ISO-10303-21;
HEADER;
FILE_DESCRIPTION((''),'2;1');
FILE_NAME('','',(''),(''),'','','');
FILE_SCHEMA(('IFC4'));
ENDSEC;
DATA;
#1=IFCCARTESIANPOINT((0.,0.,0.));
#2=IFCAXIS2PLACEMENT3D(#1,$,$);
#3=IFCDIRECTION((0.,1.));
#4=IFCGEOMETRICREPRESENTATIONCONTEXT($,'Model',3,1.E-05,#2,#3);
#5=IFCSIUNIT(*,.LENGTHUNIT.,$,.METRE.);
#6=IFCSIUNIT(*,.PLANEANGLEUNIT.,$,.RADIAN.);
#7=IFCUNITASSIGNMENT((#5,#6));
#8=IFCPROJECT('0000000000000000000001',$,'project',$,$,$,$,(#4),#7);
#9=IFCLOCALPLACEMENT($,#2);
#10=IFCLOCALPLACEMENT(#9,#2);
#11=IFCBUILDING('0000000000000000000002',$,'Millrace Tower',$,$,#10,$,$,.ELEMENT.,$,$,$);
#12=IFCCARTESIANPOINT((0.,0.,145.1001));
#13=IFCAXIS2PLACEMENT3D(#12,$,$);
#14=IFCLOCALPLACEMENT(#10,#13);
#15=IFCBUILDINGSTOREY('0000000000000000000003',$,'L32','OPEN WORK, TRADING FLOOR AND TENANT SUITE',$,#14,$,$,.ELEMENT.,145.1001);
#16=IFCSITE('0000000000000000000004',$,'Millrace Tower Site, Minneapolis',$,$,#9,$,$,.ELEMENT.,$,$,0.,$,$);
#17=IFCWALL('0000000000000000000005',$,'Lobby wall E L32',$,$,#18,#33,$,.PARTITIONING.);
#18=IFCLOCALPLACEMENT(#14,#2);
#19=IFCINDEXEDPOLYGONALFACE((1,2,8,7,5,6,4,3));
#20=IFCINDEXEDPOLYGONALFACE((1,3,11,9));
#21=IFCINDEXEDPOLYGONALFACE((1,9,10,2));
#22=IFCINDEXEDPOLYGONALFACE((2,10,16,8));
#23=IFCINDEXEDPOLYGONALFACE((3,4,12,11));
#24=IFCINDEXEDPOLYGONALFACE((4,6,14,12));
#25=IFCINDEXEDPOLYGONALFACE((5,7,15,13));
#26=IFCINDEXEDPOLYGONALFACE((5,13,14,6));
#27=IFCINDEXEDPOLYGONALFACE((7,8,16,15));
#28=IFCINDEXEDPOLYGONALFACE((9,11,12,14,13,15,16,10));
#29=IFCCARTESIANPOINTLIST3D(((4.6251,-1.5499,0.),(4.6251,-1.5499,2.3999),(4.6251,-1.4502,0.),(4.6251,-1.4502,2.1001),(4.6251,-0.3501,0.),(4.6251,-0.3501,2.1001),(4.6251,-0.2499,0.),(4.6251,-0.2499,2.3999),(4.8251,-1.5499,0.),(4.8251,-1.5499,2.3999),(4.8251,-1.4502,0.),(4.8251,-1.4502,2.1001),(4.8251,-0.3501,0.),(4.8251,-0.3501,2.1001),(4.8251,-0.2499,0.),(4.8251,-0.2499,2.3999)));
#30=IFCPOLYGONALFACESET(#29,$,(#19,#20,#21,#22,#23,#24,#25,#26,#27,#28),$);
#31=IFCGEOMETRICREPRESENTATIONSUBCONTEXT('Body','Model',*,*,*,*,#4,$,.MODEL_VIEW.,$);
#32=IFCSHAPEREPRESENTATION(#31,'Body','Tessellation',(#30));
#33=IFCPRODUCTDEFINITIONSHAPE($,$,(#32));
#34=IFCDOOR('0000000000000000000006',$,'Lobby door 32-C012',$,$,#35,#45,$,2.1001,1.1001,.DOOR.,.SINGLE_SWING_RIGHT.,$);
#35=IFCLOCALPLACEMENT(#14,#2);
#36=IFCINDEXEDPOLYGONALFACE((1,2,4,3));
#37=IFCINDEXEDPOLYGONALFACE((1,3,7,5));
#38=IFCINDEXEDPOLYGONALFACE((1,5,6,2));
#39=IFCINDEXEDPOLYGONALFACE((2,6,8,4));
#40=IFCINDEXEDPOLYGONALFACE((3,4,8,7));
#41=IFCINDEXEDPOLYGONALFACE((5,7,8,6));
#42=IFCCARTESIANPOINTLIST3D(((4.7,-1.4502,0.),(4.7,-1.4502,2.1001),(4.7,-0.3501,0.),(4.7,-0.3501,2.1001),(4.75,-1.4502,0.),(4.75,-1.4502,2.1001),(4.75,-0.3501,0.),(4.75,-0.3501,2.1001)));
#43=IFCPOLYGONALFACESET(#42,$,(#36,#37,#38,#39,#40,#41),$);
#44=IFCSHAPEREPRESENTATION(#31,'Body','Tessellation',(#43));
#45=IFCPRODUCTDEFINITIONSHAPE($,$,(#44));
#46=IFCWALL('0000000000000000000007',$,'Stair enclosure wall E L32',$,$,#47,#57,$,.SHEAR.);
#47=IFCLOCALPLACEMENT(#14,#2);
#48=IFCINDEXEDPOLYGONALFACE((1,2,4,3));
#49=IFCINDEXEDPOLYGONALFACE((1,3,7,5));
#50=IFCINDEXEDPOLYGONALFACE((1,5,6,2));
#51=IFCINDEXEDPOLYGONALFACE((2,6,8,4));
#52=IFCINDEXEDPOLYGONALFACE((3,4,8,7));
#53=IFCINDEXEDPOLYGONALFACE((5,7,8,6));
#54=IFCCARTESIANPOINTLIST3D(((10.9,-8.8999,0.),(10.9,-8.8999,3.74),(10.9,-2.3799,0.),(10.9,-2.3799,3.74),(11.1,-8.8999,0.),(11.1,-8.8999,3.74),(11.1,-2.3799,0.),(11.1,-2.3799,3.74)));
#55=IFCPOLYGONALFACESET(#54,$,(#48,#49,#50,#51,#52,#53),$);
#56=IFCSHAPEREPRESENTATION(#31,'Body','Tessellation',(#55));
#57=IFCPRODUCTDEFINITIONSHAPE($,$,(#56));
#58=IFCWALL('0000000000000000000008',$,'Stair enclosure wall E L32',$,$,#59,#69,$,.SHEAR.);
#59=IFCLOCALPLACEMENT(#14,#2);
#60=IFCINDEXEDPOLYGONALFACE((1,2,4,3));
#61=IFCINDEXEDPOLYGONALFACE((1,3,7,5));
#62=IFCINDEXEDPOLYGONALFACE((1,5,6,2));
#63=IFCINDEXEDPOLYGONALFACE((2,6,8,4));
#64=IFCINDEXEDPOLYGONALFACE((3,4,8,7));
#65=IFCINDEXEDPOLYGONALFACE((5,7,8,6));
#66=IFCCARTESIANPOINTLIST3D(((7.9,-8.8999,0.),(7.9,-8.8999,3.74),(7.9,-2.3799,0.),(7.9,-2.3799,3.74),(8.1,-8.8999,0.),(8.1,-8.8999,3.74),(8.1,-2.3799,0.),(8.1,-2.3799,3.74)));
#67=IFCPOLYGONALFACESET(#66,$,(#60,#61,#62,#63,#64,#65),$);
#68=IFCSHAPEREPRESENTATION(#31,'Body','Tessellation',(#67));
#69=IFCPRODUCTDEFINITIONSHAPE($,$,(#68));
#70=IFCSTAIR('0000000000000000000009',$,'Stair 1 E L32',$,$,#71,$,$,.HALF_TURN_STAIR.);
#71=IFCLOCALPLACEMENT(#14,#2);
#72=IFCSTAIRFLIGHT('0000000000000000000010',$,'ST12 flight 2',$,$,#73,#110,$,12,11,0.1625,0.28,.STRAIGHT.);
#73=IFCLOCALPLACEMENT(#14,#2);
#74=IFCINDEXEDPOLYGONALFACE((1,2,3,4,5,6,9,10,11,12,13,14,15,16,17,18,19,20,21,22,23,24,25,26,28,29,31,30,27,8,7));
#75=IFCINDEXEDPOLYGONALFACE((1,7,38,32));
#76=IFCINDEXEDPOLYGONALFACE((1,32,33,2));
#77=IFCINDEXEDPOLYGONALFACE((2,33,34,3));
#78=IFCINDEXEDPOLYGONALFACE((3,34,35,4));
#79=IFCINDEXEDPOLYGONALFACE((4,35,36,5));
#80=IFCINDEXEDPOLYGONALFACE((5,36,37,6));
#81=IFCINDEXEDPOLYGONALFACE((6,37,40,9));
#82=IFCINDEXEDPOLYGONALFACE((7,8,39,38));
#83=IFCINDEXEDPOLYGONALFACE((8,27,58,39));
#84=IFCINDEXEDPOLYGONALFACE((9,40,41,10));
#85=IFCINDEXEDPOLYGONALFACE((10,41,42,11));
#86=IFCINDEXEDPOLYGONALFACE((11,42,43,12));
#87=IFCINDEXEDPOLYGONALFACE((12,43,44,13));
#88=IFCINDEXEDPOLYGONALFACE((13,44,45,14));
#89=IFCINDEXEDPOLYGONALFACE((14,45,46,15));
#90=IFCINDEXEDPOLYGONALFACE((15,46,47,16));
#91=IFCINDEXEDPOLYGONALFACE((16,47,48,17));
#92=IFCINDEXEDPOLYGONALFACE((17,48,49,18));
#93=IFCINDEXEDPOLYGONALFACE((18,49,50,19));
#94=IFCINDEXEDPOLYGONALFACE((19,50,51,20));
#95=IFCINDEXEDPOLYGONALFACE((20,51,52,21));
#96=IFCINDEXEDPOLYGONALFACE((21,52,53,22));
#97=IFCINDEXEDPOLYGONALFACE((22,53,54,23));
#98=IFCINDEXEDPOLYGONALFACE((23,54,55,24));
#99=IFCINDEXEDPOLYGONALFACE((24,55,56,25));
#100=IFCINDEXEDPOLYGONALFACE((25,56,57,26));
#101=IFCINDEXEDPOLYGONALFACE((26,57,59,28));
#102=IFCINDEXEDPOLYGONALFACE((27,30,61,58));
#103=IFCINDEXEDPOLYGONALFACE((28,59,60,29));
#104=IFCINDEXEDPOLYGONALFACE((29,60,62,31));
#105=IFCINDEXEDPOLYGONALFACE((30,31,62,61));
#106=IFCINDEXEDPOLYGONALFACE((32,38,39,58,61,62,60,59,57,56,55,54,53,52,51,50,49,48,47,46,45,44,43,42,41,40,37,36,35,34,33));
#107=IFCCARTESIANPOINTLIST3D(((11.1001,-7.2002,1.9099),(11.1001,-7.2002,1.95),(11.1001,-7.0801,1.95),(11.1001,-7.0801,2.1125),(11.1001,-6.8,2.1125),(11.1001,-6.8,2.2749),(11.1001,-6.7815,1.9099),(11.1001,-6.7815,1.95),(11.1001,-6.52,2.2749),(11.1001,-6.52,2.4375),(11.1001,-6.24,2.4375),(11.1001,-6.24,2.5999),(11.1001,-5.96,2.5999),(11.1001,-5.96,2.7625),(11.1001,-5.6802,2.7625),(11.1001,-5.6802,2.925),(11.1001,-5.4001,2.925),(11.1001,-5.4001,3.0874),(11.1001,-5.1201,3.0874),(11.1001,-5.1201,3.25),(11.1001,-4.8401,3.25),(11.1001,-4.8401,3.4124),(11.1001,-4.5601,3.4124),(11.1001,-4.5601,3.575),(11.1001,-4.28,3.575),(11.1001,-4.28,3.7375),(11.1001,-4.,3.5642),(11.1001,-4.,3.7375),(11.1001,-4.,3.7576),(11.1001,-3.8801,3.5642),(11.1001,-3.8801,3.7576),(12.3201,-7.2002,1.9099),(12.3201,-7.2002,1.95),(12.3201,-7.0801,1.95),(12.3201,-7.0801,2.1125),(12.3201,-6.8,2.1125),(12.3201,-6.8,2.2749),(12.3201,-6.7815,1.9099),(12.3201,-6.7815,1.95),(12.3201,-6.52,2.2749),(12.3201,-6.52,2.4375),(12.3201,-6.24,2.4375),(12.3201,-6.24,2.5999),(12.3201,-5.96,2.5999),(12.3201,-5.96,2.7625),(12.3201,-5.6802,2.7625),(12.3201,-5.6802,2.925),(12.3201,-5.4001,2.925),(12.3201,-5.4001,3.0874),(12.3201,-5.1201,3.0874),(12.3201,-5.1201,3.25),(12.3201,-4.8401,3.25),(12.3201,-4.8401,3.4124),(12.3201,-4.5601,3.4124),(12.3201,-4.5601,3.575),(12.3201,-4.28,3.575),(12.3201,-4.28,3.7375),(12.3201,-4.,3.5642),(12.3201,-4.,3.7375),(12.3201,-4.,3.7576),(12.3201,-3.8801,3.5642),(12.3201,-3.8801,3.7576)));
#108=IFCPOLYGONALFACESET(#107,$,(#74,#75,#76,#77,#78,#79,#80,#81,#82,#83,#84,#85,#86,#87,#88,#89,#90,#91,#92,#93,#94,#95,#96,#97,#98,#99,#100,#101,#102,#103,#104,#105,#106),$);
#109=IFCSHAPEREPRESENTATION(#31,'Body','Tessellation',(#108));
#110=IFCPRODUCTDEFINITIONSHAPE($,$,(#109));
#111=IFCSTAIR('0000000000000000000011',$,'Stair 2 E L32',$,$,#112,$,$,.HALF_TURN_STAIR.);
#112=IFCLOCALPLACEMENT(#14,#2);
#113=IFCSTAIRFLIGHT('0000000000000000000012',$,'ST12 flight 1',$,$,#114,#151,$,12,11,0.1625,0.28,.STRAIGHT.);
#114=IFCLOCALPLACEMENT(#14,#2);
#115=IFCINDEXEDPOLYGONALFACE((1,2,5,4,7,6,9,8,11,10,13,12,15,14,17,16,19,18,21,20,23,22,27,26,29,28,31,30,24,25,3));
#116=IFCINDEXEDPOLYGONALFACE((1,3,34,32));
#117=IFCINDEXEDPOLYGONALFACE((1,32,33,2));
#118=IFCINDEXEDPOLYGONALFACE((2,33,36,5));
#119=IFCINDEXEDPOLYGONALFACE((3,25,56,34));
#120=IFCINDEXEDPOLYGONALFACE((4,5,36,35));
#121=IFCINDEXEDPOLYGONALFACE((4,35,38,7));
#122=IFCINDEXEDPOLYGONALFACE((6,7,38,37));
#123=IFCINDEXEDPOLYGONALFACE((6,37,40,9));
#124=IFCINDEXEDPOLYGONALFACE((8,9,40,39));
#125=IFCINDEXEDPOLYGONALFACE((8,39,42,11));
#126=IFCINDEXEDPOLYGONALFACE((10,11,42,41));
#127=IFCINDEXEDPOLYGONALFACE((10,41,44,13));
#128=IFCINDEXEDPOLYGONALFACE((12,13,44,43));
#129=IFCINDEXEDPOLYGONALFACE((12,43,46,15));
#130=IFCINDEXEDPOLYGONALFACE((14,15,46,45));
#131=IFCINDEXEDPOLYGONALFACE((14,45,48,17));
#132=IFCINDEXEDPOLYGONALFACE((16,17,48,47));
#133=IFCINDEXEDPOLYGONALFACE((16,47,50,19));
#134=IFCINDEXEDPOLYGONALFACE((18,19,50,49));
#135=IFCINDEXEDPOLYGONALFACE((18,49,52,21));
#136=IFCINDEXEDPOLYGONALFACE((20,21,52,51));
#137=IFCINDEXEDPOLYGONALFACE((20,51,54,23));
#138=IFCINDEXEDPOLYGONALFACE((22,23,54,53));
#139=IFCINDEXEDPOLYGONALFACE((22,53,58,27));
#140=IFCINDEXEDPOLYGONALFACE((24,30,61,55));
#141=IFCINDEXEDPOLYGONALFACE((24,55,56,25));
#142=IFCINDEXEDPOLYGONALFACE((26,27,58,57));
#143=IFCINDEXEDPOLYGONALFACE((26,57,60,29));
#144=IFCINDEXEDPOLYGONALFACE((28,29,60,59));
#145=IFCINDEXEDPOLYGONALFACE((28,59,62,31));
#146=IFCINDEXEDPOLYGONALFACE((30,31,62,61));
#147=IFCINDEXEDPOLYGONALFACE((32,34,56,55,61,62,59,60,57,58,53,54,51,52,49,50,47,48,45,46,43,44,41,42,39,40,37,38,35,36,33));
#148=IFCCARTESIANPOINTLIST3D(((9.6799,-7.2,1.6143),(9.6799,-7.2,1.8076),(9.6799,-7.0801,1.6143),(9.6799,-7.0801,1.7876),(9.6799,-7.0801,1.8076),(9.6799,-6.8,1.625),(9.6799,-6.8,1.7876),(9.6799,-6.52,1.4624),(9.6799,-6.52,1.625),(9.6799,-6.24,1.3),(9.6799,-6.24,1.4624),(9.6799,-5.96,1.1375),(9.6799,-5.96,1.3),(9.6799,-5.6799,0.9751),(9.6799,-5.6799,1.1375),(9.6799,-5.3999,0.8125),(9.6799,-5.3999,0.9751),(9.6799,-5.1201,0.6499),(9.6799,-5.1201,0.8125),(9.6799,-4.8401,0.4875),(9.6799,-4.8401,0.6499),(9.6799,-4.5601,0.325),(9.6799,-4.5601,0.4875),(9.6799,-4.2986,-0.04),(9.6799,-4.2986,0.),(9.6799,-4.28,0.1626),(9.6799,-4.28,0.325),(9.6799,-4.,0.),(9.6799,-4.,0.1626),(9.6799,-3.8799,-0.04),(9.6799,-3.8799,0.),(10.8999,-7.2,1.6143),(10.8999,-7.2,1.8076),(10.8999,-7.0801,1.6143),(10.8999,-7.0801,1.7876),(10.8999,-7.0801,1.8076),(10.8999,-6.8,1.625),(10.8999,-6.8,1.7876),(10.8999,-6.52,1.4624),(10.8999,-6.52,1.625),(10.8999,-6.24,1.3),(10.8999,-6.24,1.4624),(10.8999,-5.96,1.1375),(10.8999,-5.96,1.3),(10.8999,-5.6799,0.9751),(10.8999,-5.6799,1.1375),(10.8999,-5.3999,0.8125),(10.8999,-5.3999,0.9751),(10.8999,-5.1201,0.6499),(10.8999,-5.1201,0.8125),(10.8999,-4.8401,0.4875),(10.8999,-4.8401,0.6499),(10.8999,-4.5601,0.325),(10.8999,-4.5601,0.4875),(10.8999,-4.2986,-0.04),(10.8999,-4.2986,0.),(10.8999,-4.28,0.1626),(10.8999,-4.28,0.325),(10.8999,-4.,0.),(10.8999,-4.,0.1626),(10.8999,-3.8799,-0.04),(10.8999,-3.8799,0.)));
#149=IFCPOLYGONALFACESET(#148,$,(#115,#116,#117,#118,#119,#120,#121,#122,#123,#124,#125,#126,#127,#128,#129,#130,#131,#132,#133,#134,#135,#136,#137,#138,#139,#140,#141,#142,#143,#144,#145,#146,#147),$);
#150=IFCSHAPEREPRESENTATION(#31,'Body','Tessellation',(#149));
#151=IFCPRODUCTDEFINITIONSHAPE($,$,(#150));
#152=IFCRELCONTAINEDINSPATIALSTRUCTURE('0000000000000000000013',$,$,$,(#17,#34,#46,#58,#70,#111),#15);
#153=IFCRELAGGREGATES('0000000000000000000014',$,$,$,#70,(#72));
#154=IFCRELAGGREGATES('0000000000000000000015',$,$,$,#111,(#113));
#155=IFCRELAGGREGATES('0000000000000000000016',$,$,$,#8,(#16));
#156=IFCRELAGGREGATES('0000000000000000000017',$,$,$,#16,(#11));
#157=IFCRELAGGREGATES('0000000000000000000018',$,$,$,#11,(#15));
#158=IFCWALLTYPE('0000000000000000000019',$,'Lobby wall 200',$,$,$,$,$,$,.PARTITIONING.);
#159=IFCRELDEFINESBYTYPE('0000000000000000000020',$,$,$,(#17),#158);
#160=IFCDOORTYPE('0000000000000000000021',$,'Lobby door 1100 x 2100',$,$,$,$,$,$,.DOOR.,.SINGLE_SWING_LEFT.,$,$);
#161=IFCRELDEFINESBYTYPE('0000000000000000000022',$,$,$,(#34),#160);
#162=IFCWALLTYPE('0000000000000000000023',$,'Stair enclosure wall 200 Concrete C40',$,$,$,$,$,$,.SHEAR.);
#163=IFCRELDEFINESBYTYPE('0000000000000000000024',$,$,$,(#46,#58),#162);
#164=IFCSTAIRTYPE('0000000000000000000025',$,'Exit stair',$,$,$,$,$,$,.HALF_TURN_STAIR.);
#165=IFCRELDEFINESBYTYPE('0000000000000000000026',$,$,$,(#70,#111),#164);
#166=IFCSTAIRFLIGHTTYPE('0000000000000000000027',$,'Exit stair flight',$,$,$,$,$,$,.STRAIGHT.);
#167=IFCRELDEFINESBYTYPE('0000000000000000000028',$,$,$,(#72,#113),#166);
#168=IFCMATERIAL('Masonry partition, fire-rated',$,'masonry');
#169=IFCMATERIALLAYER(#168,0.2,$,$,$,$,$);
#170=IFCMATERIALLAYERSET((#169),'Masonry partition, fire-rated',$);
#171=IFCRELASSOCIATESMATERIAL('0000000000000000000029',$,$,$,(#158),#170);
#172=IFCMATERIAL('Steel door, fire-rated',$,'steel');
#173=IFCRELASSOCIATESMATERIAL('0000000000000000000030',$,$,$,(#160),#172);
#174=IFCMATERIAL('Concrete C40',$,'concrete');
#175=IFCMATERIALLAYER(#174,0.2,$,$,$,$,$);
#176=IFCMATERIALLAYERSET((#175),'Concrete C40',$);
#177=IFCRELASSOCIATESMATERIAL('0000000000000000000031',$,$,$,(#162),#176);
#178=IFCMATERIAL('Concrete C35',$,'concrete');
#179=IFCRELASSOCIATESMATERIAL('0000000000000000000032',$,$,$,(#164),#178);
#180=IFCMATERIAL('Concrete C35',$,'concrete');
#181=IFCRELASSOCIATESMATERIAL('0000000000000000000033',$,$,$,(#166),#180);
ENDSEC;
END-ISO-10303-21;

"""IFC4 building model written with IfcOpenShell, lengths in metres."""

from ifc_helpers import new_model, si_unit, direction, frame, frame_2d, origin, place, context, subcontext, project, spatial, polyline, rectangle, outline, extrude, material, layer, layer_set, type_object, element, fill, aggregate, save


model = new_model("IFC4")

# Units and contexts
model_context = context("Model", 3, precision=1e-05, world=origin(), true_north=direction((0.0, 1.0)))
body_context = subcontext(model_context, "Body", "Model", "MODEL_VIEW")
ifc_project = project(units=[si_unit("LENGTHUNIT", "METRE"), si_unit("PLANEANGLEUNIT", "RADIAN")], contexts=[model_context])

# Site, building, storey
site_placement = place(None, origin())
site = spatial("IfcSite", under=ifc_project, at=site_placement, Name="Millrace Tower Site, Minneapolis", CompositionType="ELEMENT", RefElevation=0.0)
building_placement = place(site_placement, origin())
building = spatial("IfcBuilding", under=site, at=building_placement, Name="Millrace Tower", CompositionType="ELEMENT")
storey_placement = place(building_placement, frame((0.0, 0.0, 145.1001)))
storey = spatial("IfcBuildingStorey", under=building, at=storey_placement, Name="L32", Description="OPEN WORK, TRADING FLOOR AND TENANT SUITE", CompositionType="ELEMENT", Elevation=145.1001)

# Shared definitions
placement_1 = place(storey_placement, origin())

# Wall, opening, door
ifc_material_1 = material(Name="Masonry partition, fire-rated", Category="masonry")
ifc_layer_1 = layer(ifc_material_1, 0.2)
ifc_layer_set_1 = layer_set([ifc_layer_1], Name="Masonry partition, fire-rated")
wall_type_1 = type_object("IfcWallType", Name="Lobby wall 200", PredefinedType="PARTITIONING", material=ifc_layer_set_1)
wall_1_placement = place(storey_placement, frame((4.7251, -0.25, 0.0), z_axis=(0.0, 0.0, 1.0), x_axis=(0.0, -1.0, 0.0)))
wall_1 = element("IfcWall", 1, at=wall_1_placement, inside=storey, type_object=wall_type_1, Name="Lobby wall E L32", PredefinedType="PARTITIONING", context=body_context, shape_type="SweptSolid", body=[
    extrude(rectangle(XDim=1.3, YDim=0.2, at=frame_2d((0.6499, 0.0))), origin(), (0.0, 0.0, 1.0), 2.3999),
])
opening_1_placement = place(wall_1_placement, frame((0.1001, 0.0, 0.0)))
opening_1 = element("IfcOpeningElement", 2, at=opening_1_placement, cuts=wall_1, PredefinedType="OPENING", context=body_context, shape_type="SweptSolid", body=[
    extrude(rectangle(XDim=1.1001, YDim=2.1001, at=frame_2d((0.55, 1.05))), frame((0.0, 0.1099, 0.0), z_axis=(0.0, -1.0, 0.0), x_axis=(1.0, 0.0, 0.0)), (0.0, 0.0, 1.0), 0.22),
])
ifc_material_2 = material(Name="Steel door, fire-rated", Category="steel")
door_type_1 = type_object("IfcDoorType", Name="Lobby door 1100 x 2100", OperationType="SINGLE_SWING_LEFT", PredefinedType="DOOR", material=ifc_material_2)
door_1_placement = place(opening_1_placement, origin())
door_1 = element("IfcDoor", 3, at=door_1_placement, inside=storey, type_object=door_type_1, Name="Lobby door 32-C012", OperationType="SINGLE_SWING_RIGHT", OverallHeight=2.1001, OverallWidth=1.1001, PredefinedType="DOOR", context=body_context, shape_type="SweptSolid", body=[
    extrude(rectangle(XDim=1.1001, YDim=2.1001, at=frame_2d((0.55, 1.05))), frame((0.0, 0.0249, 0.0), z_axis=(0.0, -1.0, 0.0), x_axis=(1.0, 0.0, 0.0)), (0.0, 0.0, 1.0), 0.05),
])
fill(opening_1, door_1)

# Walls
ifc_material_3 = material(Name="Concrete C40", Category="concrete")
ifc_layer_2 = layer(ifc_material_3, 0.2)
ifc_layer_set_2 = layer_set([ifc_layer_2], Name="Concrete C40")
wall_type_2 = type_object("IfcWallType", Name="Stair enclosure wall 200 Concrete C40", PredefinedType="SHEAR", material=ifc_layer_set_2)
for number, where, z_axis, x_axis, name in (
    (4, (11.0, -2.3799, 0.0), (0.0, 0.0, 1.0), (0.0, -1.0, 0.0), "Stair enclosure wall E L32"),
    (5, (8.0, -2.3799, 0.0), (0.0, 0.0, 1.0), (0.0, -1.0, 0.0), "Stair enclosure wall E L32"),
):
    element("IfcWall", number, at=place(storey_placement, frame(where, z_axis=z_axis, x_axis=x_axis)), inside=storey, type_object=wall_type_2, Name=name, PredefinedType="SHEAR", context=body_context, shape_type="SweptSolid", body=[
        extrude(rectangle(XDim=6.52, YDim=0.2, at=frame_2d((3.26, 0.0))), origin(), (0.0, 0.0, 1.0), 3.74),
    ])

# Stairs, stair flights
ifc_material_4 = material(Name="Concrete C35", Category="concrete")
stair_type = type_object("IfcStairType", Name="Exit stair", PredefinedType="HALF_TURN_STAIR", material=ifc_material_4)
stair_1 = element("IfcStair", 6, at=placement_1, inside=storey, type_object=stair_type, Name="Stair 1 E L32", PredefinedType="HALF_TURN_STAIR")
ifc_material_5 = material(Name="Concrete C35", Category="concrete")
stair_flight_type = type_object("IfcStairFlightType", Name="Exit stair flight", PredefinedType="STRAIGHT", material=ifc_material_5)
stair_flight_1_placement = place(storey_placement, frame((11.71, -7.0801, 1.95), z_axis=(0.0, 0.0, 1.0), x_axis=(0.0, 1.0, 0.0)))
stair_flight_1 = element("IfcStairFlight", 7, at=stair_flight_1_placement, type_object=stair_flight_type, Name="ST12 flight 2", NumberOfRisers=12, NumberOfTreads=11, PredefinedType="STRAIGHT", RiserHeight=0.1625, TreadLength=0.28, context=body_context, shape_type="SweptSolid", body=[
    extrude(outline(polyline([(-0.1201, -0.04), (-0.1201, 0.0), (0.0, 0.0), (0.0, 0.1626), (0.28, 0.1626), (0.28, 0.325), (0.5601, 0.325), (0.5601, 0.4875), (0.8401, 0.4875), (0.8401, 0.6499), (1.1201, 0.6499), (1.1201, 0.8125), (1.3999, 0.8125), (1.3999, 0.9751), (1.6799, 0.9751), (1.6799, 1.1375), (1.96, 1.1375), (1.96, 1.3), (2.24, 1.3), (2.24, 1.4624), (2.52, 1.4624), (2.52, 1.625), (2.8, 1.625), (2.8, 1.7876), (3.0801, 1.7876), (3.0801, 1.8076), (3.2, 1.8076), (3.2, 1.6143), (3.0801, 1.6143), (0.2986, 0.0), (0.2986, -0.04), (-0.1201, -0.04)])), frame((0.0, 0.6099, 0.0), z_axis=(0.0, -1.0, 0.0), x_axis=(1.0, 0.0, 0.0)), (0.0, 0.0, 1.0), 1.22),
])
aggregate(stair_1, [stair_flight_1])
stair_2 = element("IfcStair", 8, at=placement_1, inside=storey, type_object=stair_type, Name="Stair 2 E L32", PredefinedType="HALF_TURN_STAIR")
stair_flight_2_placement = place(storey_placement, frame((10.29, -4.0, 0.0), z_axis=(0.0, 0.0, 1.0), x_axis=(0.0, -1.0, 0.0)))
stair_flight_2 = element("IfcStairFlight", 9, at=stair_flight_2_placement, type_object=stair_flight_type, Name="ST12 flight 1", NumberOfRisers=12, NumberOfTreads=11, PredefinedType="STRAIGHT", RiserHeight=0.1625, TreadLength=0.28, context=body_context, shape_type="SweptSolid", body=[
    extrude(outline(polyline([(-0.1201, -0.04), (-0.1201, 0.0), (0.0, 0.0), (0.0, 0.1626), (0.28, 0.1626), (0.28, 0.325), (0.5601, 0.325), (0.5601, 0.4875), (0.8401, 0.4875), (0.8401, 0.6499), (1.1201, 0.6499), (1.1201, 0.8125), (1.3999, 0.8125), (1.3999, 0.9751), (1.6799, 0.9751), (1.6799, 1.1375), (1.96, 1.1375), (1.96, 1.3), (2.24, 1.3), (2.24, 1.4624), (2.52, 1.4624), (2.52, 1.625), (2.8, 1.625), (2.8, 1.7876), (3.0801, 1.7876), (3.0801, 1.8076), (3.2, 1.8076), (3.2, 1.6143), (3.0801, 1.6143), (0.2986, 0.0), (0.2986, -0.04), (-0.1201, -0.04)])), frame((0.0, 0.6099, 0.0), z_axis=(0.0, -1.0, 0.0), x_axis=(1.0, 0.0, 0.0)), (0.0, 0.0, 1.0), 1.22),
])
aggregate(stair_2, [stair_flight_2])

save(model, "model.ifc")
